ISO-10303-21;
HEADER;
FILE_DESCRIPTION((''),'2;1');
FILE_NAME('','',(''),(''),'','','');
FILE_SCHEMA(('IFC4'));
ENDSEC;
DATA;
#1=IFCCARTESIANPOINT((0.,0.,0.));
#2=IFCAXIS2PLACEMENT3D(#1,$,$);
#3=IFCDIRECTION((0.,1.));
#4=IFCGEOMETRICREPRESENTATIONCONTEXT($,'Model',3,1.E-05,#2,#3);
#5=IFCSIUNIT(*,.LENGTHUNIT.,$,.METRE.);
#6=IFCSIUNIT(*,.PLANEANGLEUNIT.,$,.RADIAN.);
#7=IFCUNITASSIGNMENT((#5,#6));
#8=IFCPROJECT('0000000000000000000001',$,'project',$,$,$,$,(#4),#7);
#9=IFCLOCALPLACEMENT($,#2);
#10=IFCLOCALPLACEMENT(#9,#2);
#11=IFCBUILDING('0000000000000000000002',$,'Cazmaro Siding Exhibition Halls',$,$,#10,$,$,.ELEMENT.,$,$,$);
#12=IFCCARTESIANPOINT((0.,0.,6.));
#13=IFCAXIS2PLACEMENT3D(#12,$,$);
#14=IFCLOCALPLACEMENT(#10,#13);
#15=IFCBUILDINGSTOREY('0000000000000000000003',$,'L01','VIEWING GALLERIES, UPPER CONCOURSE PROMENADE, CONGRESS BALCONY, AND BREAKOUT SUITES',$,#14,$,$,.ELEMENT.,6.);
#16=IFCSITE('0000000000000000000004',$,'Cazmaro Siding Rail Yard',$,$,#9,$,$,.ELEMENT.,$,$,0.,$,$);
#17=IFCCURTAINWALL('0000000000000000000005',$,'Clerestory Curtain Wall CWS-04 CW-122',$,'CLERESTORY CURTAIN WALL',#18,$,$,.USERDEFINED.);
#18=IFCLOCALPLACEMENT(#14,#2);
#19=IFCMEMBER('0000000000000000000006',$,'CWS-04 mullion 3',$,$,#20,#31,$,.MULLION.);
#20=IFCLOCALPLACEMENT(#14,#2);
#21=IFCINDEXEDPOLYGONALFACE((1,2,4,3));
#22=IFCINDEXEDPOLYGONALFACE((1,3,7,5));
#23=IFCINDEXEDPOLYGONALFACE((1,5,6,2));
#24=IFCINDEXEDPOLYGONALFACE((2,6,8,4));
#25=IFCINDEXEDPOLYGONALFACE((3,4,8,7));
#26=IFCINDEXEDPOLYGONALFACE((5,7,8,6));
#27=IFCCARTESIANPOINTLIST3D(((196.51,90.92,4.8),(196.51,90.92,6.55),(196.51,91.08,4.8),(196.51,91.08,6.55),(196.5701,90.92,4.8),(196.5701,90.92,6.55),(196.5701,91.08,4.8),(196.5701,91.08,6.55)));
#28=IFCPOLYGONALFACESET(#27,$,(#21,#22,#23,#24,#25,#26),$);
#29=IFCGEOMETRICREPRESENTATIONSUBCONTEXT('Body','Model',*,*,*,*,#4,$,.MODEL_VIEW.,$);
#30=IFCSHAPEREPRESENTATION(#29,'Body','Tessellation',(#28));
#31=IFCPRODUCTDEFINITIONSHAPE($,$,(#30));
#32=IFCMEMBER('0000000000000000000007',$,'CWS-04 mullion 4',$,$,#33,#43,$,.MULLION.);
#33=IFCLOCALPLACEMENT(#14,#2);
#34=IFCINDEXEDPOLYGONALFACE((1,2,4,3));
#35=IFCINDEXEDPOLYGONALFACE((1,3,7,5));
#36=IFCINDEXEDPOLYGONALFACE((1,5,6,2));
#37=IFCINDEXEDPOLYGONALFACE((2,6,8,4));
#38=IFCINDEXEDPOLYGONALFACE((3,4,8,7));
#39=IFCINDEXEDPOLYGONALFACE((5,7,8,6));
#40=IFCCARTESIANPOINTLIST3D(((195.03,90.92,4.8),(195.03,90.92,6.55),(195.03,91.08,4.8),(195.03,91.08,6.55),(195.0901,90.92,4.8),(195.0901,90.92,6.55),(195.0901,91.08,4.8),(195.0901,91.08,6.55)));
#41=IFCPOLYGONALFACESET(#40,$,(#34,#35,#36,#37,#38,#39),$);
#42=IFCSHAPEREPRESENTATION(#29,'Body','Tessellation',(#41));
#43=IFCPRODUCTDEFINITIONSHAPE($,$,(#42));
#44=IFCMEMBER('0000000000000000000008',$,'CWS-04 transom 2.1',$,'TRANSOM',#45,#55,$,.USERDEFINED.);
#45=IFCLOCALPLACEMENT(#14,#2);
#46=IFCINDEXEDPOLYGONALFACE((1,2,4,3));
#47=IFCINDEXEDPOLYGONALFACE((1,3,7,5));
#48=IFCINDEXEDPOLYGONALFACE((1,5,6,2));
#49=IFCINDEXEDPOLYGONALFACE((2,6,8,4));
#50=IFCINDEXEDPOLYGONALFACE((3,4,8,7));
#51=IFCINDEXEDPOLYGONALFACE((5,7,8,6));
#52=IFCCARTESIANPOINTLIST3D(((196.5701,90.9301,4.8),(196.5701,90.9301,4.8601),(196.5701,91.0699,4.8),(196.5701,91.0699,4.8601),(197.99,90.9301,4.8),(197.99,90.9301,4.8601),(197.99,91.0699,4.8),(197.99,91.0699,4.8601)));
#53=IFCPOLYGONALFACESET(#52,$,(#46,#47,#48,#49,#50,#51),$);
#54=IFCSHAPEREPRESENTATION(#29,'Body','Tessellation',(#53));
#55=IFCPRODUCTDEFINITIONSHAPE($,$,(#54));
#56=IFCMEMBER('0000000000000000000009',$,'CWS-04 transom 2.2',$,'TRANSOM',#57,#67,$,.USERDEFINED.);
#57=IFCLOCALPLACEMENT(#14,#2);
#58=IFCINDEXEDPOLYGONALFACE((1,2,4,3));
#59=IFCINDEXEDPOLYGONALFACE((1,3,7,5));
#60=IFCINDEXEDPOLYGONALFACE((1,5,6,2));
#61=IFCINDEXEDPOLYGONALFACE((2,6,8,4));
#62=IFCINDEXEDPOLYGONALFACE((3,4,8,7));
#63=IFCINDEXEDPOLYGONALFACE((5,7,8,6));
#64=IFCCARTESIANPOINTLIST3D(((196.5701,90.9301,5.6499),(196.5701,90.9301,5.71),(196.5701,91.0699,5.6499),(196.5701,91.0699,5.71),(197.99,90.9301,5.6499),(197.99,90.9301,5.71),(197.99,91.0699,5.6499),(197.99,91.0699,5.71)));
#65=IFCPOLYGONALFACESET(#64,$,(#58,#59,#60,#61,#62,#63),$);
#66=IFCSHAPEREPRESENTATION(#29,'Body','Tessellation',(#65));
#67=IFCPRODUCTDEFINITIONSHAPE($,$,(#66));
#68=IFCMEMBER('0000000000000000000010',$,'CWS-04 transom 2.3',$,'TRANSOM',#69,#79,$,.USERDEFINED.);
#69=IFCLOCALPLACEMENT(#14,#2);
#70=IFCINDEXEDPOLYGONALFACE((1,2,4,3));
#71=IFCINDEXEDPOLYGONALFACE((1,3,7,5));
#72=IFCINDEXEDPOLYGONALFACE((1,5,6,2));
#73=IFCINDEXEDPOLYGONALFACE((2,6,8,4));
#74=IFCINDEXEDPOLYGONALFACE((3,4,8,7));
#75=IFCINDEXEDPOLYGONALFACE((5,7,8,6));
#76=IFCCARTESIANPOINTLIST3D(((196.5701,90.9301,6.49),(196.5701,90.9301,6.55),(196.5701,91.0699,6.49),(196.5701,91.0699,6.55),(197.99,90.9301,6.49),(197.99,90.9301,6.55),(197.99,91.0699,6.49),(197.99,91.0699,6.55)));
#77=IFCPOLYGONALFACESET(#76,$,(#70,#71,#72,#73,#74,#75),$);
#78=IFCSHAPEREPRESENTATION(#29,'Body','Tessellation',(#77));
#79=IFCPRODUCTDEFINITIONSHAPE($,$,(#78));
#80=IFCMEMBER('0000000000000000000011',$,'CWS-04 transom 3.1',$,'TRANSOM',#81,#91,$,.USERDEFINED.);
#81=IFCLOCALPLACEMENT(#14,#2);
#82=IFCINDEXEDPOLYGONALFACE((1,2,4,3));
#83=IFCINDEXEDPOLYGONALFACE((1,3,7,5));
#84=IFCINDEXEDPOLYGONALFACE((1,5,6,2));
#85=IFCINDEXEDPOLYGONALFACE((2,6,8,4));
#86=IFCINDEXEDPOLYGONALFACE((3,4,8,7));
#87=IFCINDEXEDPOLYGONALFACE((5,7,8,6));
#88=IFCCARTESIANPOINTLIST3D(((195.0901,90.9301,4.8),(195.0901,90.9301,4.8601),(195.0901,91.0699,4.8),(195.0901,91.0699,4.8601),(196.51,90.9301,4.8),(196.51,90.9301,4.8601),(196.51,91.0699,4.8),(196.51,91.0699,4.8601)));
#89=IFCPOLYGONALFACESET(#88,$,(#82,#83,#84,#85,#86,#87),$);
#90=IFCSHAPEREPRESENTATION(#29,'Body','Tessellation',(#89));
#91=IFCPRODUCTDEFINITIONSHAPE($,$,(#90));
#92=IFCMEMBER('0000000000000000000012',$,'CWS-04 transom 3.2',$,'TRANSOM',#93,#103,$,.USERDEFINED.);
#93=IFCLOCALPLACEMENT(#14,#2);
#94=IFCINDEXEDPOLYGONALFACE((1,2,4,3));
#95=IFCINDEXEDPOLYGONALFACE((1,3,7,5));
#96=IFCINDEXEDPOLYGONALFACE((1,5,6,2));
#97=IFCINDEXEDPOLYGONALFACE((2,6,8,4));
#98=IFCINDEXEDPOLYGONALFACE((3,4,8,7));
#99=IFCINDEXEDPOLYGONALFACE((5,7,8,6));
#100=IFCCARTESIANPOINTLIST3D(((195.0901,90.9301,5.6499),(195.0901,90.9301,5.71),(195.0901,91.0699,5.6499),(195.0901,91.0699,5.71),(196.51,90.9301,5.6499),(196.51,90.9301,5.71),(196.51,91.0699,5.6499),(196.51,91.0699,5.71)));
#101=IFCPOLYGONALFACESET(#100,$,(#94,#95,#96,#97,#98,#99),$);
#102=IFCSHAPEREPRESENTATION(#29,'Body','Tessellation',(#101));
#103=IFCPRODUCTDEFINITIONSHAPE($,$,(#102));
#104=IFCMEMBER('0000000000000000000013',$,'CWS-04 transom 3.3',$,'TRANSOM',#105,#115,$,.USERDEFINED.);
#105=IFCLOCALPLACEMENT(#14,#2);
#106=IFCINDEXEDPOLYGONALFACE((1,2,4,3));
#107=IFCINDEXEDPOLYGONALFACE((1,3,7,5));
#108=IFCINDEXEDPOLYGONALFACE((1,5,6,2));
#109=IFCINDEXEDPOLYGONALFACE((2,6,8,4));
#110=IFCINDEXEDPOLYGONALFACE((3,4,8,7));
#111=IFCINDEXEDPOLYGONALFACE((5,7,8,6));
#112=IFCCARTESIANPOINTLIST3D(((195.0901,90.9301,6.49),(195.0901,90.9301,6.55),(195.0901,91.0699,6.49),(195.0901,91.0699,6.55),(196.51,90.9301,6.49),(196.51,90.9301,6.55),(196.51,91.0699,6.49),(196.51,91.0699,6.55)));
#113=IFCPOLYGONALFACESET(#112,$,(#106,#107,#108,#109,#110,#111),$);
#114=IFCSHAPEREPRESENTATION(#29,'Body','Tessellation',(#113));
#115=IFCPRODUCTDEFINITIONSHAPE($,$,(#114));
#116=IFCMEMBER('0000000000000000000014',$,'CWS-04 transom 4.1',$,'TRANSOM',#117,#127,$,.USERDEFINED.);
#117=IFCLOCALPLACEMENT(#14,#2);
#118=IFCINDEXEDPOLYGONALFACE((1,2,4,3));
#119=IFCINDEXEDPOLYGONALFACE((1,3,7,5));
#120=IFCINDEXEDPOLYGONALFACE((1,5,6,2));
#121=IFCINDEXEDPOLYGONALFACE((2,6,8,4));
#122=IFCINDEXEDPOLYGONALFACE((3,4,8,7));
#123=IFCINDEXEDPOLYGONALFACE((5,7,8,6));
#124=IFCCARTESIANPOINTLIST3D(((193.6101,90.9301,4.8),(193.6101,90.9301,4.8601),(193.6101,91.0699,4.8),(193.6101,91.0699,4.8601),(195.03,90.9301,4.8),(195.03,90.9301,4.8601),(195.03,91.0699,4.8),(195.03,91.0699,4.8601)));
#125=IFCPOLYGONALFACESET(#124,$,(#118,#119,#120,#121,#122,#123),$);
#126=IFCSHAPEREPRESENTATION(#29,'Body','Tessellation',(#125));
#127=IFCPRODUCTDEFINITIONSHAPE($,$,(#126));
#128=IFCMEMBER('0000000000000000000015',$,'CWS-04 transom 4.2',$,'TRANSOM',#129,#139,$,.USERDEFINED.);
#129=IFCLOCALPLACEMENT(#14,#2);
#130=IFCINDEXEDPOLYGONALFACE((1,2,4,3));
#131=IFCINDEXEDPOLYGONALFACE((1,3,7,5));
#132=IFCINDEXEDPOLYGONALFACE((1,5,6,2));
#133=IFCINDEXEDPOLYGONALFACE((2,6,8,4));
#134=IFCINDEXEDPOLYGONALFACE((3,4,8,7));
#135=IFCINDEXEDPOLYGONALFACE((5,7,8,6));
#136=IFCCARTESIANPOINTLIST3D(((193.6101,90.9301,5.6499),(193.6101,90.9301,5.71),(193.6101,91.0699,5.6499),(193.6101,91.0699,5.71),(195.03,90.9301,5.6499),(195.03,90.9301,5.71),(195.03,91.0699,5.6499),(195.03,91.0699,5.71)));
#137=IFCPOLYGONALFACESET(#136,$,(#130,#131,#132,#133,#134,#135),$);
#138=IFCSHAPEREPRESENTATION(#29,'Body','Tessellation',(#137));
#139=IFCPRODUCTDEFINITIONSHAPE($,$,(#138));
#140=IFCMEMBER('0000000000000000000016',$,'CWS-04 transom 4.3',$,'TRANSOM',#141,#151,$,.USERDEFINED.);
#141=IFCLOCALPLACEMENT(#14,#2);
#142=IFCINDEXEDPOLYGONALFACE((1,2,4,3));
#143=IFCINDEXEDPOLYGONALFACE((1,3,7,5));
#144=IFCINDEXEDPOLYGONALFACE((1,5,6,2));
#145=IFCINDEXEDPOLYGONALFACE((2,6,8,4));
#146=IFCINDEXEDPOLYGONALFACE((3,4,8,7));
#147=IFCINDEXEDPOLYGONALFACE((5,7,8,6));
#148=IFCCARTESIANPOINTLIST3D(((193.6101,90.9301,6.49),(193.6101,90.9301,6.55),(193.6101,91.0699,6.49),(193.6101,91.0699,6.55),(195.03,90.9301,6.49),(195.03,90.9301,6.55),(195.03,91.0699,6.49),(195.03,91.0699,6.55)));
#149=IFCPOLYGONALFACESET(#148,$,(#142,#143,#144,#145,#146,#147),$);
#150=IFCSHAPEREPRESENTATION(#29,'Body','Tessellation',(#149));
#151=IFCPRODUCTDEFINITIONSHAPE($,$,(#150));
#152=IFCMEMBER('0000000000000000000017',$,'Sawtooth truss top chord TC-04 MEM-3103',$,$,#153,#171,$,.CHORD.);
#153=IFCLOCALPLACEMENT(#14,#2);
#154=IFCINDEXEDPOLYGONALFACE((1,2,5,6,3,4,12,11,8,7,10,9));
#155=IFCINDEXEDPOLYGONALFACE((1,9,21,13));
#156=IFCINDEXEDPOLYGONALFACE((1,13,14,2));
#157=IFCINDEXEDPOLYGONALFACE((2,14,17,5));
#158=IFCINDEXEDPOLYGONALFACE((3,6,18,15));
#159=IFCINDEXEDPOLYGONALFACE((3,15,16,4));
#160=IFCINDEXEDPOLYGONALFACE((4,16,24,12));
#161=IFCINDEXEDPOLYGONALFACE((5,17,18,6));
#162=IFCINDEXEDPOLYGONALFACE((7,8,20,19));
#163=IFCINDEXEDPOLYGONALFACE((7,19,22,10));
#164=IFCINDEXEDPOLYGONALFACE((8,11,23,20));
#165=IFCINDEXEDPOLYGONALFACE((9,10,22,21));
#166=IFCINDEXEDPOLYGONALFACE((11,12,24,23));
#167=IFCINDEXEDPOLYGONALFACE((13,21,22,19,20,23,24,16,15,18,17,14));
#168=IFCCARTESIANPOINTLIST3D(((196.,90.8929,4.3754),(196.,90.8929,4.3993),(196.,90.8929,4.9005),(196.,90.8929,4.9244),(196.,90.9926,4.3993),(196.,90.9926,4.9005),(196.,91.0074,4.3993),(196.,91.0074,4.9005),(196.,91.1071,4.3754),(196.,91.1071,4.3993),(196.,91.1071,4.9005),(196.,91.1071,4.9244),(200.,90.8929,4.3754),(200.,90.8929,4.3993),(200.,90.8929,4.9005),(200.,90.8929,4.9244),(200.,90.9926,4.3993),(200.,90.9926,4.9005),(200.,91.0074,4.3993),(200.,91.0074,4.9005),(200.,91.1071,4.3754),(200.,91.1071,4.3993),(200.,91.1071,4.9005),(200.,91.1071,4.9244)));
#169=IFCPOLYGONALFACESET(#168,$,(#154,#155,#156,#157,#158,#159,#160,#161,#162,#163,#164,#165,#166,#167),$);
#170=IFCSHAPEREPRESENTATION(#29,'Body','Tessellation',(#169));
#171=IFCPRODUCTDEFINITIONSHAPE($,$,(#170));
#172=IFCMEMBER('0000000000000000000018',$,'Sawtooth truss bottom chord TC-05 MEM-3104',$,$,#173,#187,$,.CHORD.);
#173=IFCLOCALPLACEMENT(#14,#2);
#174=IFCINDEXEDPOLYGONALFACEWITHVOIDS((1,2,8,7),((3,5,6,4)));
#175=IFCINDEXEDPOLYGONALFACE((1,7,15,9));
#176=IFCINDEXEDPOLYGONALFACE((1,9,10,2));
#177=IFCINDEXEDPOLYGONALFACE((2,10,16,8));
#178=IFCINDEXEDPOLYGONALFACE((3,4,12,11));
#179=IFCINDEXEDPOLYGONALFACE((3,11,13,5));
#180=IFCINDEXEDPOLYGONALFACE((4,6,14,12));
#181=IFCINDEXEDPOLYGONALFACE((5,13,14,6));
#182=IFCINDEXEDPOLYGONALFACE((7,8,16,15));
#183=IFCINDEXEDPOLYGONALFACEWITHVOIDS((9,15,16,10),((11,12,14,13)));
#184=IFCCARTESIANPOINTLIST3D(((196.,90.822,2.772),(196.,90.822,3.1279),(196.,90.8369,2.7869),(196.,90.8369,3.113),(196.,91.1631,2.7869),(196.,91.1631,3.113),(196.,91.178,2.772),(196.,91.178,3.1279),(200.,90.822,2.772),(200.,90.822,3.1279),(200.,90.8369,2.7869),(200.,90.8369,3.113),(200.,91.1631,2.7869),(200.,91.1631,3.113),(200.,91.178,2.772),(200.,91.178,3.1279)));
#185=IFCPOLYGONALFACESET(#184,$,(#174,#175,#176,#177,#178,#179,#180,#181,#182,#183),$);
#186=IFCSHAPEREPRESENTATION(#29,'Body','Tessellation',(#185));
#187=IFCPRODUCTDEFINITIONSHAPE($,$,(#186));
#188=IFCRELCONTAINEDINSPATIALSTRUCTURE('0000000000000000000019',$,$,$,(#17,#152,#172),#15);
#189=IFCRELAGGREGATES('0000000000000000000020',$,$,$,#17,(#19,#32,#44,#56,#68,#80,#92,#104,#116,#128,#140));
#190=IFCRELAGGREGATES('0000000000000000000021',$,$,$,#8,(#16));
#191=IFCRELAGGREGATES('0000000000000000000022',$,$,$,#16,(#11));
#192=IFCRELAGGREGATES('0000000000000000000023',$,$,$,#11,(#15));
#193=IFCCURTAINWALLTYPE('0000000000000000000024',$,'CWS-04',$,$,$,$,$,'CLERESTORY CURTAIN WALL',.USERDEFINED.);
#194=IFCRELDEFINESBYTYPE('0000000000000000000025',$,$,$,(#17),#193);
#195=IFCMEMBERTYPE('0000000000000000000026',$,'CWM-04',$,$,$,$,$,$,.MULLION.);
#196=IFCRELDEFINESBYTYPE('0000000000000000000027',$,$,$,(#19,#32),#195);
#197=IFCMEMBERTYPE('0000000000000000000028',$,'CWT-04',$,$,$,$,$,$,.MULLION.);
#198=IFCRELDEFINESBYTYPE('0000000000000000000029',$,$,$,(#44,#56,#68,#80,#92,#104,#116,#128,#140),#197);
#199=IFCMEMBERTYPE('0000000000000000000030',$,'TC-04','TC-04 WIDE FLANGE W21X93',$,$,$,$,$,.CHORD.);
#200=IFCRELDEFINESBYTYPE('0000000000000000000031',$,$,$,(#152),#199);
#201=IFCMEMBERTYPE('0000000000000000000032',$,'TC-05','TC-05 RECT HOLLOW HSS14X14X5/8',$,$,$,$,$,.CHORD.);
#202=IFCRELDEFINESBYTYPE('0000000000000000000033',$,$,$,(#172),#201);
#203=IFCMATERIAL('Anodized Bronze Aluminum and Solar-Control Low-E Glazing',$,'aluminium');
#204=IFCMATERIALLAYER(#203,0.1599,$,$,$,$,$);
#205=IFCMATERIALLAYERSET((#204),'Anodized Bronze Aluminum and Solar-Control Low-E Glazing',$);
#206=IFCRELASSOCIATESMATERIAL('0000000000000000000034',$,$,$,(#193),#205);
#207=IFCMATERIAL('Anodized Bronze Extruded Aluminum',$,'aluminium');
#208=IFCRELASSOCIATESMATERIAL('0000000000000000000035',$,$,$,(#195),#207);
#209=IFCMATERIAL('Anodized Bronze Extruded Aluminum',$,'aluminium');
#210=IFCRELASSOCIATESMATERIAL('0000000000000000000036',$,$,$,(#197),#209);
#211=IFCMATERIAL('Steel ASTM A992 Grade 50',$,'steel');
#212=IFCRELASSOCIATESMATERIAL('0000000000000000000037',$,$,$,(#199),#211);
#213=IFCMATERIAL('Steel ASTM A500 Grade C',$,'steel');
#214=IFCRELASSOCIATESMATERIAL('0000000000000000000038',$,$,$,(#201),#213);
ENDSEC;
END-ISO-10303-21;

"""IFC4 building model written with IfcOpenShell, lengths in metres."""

from ifc_helpers import new_model, si_unit, direction, frame, origin, origin_2d, place, context, subcontext, project, spatial, rectangle, hollow_rectangle, i_section, extrude, material, layer, layer_set, material_profile, profile_set, type_object, element, aggregate, save


model = new_model("IFC4")

# Units and contexts
model_context = context("Model", 3, precision=1e-05, world=origin(), true_north=direction((0.0, 1.0)))
body_context = subcontext(model_context, "Body", "Model", "MODEL_VIEW")
ifc_project = project(units=[si_unit("LENGTHUNIT", "METRE"), si_unit("PLANEANGLEUNIT", "RADIAN")], contexts=[model_context])

# Site, building, storey
site_placement = place(None, origin())
site = spatial("IfcSite", under=ifc_project, at=site_placement, Name="Cazmaro Siding Rail Yard", CompositionType="ELEMENT", RefElevation=0.0)
building_placement = place(site_placement, origin())
building = spatial("IfcBuilding", under=site, at=building_placement, Name="Cazmaro Siding Exhibition Halls", CompositionType="ELEMENT")
storey_placement = place(building_placement, frame((0.0, 0.0, 6.0)))
storey = spatial("IfcBuildingStorey", under=building, at=storey_placement, Name="L01", Description="VIEWING GALLERIES, UPPER CONCOURSE PROMENADE, CONGRESS BALCONY, AND BREAKOUT SUITES", CompositionType="ELEMENT", Elevation=6.0)

# Curtain wall, members
ifc_material_1 = material(Name="Anodized Bronze Aluminum and Solar-Control Low-E Glazing", Category="aluminium")
ifc_layer_1 = layer(ifc_material_1, 0.1599)
ifc_layer_set_1 = layer_set([ifc_layer_1], Name="Anodized Bronze Aluminum and Solar-Control Low-E Glazing")
curtain_wall_type = type_object("IfcCurtainWallType", Name="CWS-04", ElementType="CLERESTORY CURTAIN WALL", PredefinedType="USERDEFINED", material=ifc_layer_set_1)
curtain_wall_placement = place(storey_placement, origin())
curtain_wall = element("IfcCurtainWall", 1, at=curtain_wall_placement, inside=storey, type_object=curtain_wall_type, Name="Clerestory Curtain Wall CWS-04 CW-122", ObjectType="CLERESTORY CURTAIN WALL", PredefinedType="USERDEFINED")
ifc_material_2 = material(Name="Anodized Bronze Extruded Aluminum", Category="aluminium")
ifc_material_profile_1 = material_profile(ifc_material_2, rectangle(XDim=0.1599, YDim=0.0601, at=origin_2d()), Name="CWM-04")
ifc_profile_set_1 = profile_set([ifc_material_profile_1], Name="Anodized Bronze Extruded Aluminum")
member_type_1 = type_object("IfcMemberType", Name="CWM-04", PredefinedType="MULLION", material=ifc_profile_set_1)
member_1_placement = place(storey_placement, frame((196.54, 91.0, 4.8), z_axis=(0.0, 0.0, 1.0), x_axis=(0.0, -1.0, 0.0)))
member_1 = element("IfcMember", 2, at=member_1_placement, type_object=member_type_1, Name="CWS-04 mullion 3", PredefinedType="MULLION", context=body_context, shape_type="SweptSolid", body=[
    extrude(rectangle(XDim=0.1599, YDim=0.0601, at=origin_2d()), origin(), (0.0, 0.0, 1.0), 1.75),
])
member_2_placement = place(storey_placement, frame((195.0601, 91.0, 4.8), z_axis=(0.0, 0.0, 1.0), x_axis=(0.0, -1.0, 0.0)))
member_2 = element("IfcMember", 3, at=member_2_placement, type_object=member_type_1, Name="CWS-04 mullion 4", PredefinedType="MULLION", context=body_context, shape_type="SweptSolid", body=[
    extrude(rectangle(XDim=0.1599, YDim=0.0601, at=origin_2d()), origin(), (0.0, 0.0, 1.0), 1.75),
])
ifc_material_3 = material(Name="Anodized Bronze Extruded Aluminum", Category="aluminium")
ifc_material_profile_2 = material_profile(ifc_material_3, rectangle(XDim=0.1399, YDim=0.0601, at=origin_2d()), Name="CWT-04")
ifc_profile_set_2 = profile_set([ifc_material_profile_2], Name="Anodized Bronze Extruded Aluminum")
member_type_2 = type_object("IfcMemberType", Name="CWT-04", PredefinedType="MULLION", material=ifc_profile_set_2)
member_3_placement = place(storey_placement, frame((197.99, 91.0, 4.8301), z_axis=(-1.0, 0.0, 0.0), x_axis=(0.0, -1.0, 0.0)))
member_3 = element("IfcMember", 4, at=member_3_placement, type_object=member_type_2, Name="CWS-04 transom 2.1", ObjectType="TRANSOM", PredefinedType="USERDEFINED", context=body_context, shape_type="SweptSolid", body=[
    extrude(rectangle(XDim=0.1399, YDim=0.0601, at=origin_2d()), origin(), (0.0, 0.0, 1.0), 1.4199),
])
member_4_placement = place(storey_placement, frame((197.99, 91.0, 5.6799), z_axis=(-1.0, 0.0, 0.0), x_axis=(0.0, -1.0, 0.0)))
member_4 = element("IfcMember", 5, at=member_4_placement, type_object=member_type_2, Name="CWS-04 transom 2.2", ObjectType="TRANSOM", PredefinedType="USERDEFINED", context=body_context, shape_type="SweptSolid", body=[
    extrude(rectangle(XDim=0.1399, YDim=0.0601, at=origin_2d()), origin(), (0.0, 0.0, 1.0), 1.4199),
])
member_5_placement = place(storey_placement, frame((197.99, 91.0, 6.52), z_axis=(-1.0, 0.0, 0.0), x_axis=(0.0, -1.0, 0.0)))
member_5 = element("IfcMember", 6, at=member_5_placement, type_object=member_type_2, Name="CWS-04 transom 2.3", ObjectType="TRANSOM", PredefinedType="USERDEFINED", context=body_context, shape_type="SweptSolid", body=[
    extrude(rectangle(XDim=0.1399, YDim=0.0601, at=origin_2d()), origin(), (0.0, 0.0, 1.0), 1.4199),
])
member_6_placement = place(storey_placement, frame((196.51, 91.0, 4.8301), z_axis=(-1.0, 0.0, 0.0), x_axis=(0.0, -1.0, 0.0)))
member_6 = element("IfcMember", 7, at=member_6_placement, type_object=member_type_2, Name="CWS-04 transom 3.1", ObjectType="TRANSOM", PredefinedType="USERDEFINED", context=body_context, shape_type="SweptSolid", body=[
    extrude(rectangle(XDim=0.1399, YDim=0.0601, at=origin_2d()), origin(), (0.0, 0.0, 1.0), 1.4199),
])
member_7_placement = place(storey_placement, frame((196.51, 91.0, 5.6799), z_axis=(-1.0, 0.0, 0.0), x_axis=(0.0, -1.0, 0.0)))
member_7 = element("IfcMember", 8, at=member_7_placement, type_object=member_type_2, Name="CWS-04 transom 3.2", ObjectType="TRANSOM", PredefinedType="USERDEFINED", context=body_context, shape_type="SweptSolid", body=[
    extrude(rectangle(XDim=0.1399, YDim=0.0601, at=origin_2d()), origin(), (0.0, 0.0, 1.0), 1.4199),
])
member_8_placement = place(storey_placement, frame((196.51, 91.0, 6.52), z_axis=(-1.0, 0.0, 0.0), x_axis=(0.0, -1.0, 0.0)))
member_8 = element("IfcMember", 9, at=member_8_placement, type_object=member_type_2, Name="CWS-04 transom 3.3", ObjectType="TRANSOM", PredefinedType="USERDEFINED", context=body_context, shape_type="SweptSolid", body=[
    extrude(rectangle(XDim=0.1399, YDim=0.0601, at=origin_2d()), origin(), (0.0, 0.0, 1.0), 1.4199),
])
member_9_placement = place(storey_placement, frame((195.03, 91.0, 4.8301), z_axis=(-1.0, 0.0, 0.0), x_axis=(0.0, -1.0, 0.0)))
member_9 = element("IfcMember", 10, at=member_9_placement, type_object=member_type_2, Name="CWS-04 transom 4.1", ObjectType="TRANSOM", PredefinedType="USERDEFINED", context=body_context, shape_type="SweptSolid", body=[
    extrude(rectangle(XDim=0.1399, YDim=0.0601, at=origin_2d()), origin(), (0.0, 0.0, 1.0), 1.4199),
])
member_10_placement = place(storey_placement, frame((195.03, 91.0, 5.6799), z_axis=(-1.0, 0.0, 0.0), x_axis=(0.0, -1.0, 0.0)))
member_10 = element("IfcMember", 11, at=member_10_placement, type_object=member_type_2, Name="CWS-04 transom 4.2", ObjectType="TRANSOM", PredefinedType="USERDEFINED", context=body_context, shape_type="SweptSolid", body=[
    extrude(rectangle(XDim=0.1399, YDim=0.0601, at=origin_2d()), origin(), (0.0, 0.0, 1.0), 1.4199),
])
member_11_placement = place(storey_placement, frame((195.03, 91.0, 6.52), z_axis=(-1.0, 0.0, 0.0), x_axis=(0.0, -1.0, 0.0)))
member_11 = element("IfcMember", 12, at=member_11_placement, type_object=member_type_2, Name="CWS-04 transom 4.3", ObjectType="TRANSOM", PredefinedType="USERDEFINED", context=body_context, shape_type="SweptSolid", body=[
    extrude(rectangle(XDim=0.1399, YDim=0.0601, at=origin_2d()), origin(), (0.0, 0.0, 1.0), 1.4199),
])

# Members
ifc_material_4 = material(Name="Steel ASTM A992 Grade 50", Category="steel")
ifc_material_profile_3 = material_profile(ifc_material_4, i_section(OverallWidth=0.2141, OverallDepth=0.5491, WebThickness=0.0149, FlangeThickness=0.0239, at=origin_2d()), Name="W21X93")
ifc_profile_set_3 = profile_set([ifc_material_profile_3], Name="Steel ASTM A992 Grade 50")
member_type_3 = type_object("IfcMemberType", Name="TC-04", Description="TC-04 WIDE FLANGE W21X93", PredefinedType="CHORD", material=ifc_profile_set_3)
member_12_placement = place(storey_placement, frame((196.0, 91.0, 4.6499), z_axis=(1.0, 0.0, 0.0), x_axis=(0.0, 1.0, 0.0)))
element("IfcMember", 13, at=member_12_placement, inside=storey, type_object=member_type_3, Name="Sawtooth truss top chord TC-04 MEM-3103", PredefinedType="CHORD", context=body_context, shape_type="SweptSolid", body=[
    extrude(i_section(OverallWidth=0.2141, OverallDepth=0.5491, WebThickness=0.0149, FlangeThickness=0.0239, at=origin_2d()), origin(), (0.0, 0.0, 1.0), 4.0),
])
ifc_material_5 = material(Name="Steel ASTM A500 Grade C", Category="steel")
ifc_material_profile_4 = material_profile(ifc_material_5, hollow_rectangle(XDim=0.356, YDim=0.356, WallThickness=0.0149, at=origin_2d()), Name="HSS14X14X5/8")
ifc_profile_set_4 = profile_set([ifc_material_profile_4], Name="Steel ASTM A500 Grade C")
member_type_4 = type_object("IfcMemberType", Name="TC-05", Description="TC-05 RECT HOLLOW HSS14X14X5/8", PredefinedType="CHORD", material=ifc_profile_set_4)
member_13_placement = place(storey_placement, frame((196.0, 91.0, 2.95), z_axis=(1.0, 0.0, 0.0), x_axis=(0.0, 1.0, 0.0)))
element("IfcMember", 14, at=member_13_placement, inside=storey, type_object=member_type_4, Name="Sawtooth truss bottom chord TC-05 MEM-3104", PredefinedType="CHORD", context=body_context, shape_type="SweptSolid", body=[
    extrude(hollow_rectangle(XDim=0.356, YDim=0.356, WallThickness=0.0149, at=origin_2d()), origin(), (0.0, 0.0, 1.0), 4.0),
])

aggregate(curtain_wall, [member_1, member_2, member_3, member_4, member_5, member_6, member_7, member_8, member_9, member_10, member_11])

save(model, "model.ifc")
